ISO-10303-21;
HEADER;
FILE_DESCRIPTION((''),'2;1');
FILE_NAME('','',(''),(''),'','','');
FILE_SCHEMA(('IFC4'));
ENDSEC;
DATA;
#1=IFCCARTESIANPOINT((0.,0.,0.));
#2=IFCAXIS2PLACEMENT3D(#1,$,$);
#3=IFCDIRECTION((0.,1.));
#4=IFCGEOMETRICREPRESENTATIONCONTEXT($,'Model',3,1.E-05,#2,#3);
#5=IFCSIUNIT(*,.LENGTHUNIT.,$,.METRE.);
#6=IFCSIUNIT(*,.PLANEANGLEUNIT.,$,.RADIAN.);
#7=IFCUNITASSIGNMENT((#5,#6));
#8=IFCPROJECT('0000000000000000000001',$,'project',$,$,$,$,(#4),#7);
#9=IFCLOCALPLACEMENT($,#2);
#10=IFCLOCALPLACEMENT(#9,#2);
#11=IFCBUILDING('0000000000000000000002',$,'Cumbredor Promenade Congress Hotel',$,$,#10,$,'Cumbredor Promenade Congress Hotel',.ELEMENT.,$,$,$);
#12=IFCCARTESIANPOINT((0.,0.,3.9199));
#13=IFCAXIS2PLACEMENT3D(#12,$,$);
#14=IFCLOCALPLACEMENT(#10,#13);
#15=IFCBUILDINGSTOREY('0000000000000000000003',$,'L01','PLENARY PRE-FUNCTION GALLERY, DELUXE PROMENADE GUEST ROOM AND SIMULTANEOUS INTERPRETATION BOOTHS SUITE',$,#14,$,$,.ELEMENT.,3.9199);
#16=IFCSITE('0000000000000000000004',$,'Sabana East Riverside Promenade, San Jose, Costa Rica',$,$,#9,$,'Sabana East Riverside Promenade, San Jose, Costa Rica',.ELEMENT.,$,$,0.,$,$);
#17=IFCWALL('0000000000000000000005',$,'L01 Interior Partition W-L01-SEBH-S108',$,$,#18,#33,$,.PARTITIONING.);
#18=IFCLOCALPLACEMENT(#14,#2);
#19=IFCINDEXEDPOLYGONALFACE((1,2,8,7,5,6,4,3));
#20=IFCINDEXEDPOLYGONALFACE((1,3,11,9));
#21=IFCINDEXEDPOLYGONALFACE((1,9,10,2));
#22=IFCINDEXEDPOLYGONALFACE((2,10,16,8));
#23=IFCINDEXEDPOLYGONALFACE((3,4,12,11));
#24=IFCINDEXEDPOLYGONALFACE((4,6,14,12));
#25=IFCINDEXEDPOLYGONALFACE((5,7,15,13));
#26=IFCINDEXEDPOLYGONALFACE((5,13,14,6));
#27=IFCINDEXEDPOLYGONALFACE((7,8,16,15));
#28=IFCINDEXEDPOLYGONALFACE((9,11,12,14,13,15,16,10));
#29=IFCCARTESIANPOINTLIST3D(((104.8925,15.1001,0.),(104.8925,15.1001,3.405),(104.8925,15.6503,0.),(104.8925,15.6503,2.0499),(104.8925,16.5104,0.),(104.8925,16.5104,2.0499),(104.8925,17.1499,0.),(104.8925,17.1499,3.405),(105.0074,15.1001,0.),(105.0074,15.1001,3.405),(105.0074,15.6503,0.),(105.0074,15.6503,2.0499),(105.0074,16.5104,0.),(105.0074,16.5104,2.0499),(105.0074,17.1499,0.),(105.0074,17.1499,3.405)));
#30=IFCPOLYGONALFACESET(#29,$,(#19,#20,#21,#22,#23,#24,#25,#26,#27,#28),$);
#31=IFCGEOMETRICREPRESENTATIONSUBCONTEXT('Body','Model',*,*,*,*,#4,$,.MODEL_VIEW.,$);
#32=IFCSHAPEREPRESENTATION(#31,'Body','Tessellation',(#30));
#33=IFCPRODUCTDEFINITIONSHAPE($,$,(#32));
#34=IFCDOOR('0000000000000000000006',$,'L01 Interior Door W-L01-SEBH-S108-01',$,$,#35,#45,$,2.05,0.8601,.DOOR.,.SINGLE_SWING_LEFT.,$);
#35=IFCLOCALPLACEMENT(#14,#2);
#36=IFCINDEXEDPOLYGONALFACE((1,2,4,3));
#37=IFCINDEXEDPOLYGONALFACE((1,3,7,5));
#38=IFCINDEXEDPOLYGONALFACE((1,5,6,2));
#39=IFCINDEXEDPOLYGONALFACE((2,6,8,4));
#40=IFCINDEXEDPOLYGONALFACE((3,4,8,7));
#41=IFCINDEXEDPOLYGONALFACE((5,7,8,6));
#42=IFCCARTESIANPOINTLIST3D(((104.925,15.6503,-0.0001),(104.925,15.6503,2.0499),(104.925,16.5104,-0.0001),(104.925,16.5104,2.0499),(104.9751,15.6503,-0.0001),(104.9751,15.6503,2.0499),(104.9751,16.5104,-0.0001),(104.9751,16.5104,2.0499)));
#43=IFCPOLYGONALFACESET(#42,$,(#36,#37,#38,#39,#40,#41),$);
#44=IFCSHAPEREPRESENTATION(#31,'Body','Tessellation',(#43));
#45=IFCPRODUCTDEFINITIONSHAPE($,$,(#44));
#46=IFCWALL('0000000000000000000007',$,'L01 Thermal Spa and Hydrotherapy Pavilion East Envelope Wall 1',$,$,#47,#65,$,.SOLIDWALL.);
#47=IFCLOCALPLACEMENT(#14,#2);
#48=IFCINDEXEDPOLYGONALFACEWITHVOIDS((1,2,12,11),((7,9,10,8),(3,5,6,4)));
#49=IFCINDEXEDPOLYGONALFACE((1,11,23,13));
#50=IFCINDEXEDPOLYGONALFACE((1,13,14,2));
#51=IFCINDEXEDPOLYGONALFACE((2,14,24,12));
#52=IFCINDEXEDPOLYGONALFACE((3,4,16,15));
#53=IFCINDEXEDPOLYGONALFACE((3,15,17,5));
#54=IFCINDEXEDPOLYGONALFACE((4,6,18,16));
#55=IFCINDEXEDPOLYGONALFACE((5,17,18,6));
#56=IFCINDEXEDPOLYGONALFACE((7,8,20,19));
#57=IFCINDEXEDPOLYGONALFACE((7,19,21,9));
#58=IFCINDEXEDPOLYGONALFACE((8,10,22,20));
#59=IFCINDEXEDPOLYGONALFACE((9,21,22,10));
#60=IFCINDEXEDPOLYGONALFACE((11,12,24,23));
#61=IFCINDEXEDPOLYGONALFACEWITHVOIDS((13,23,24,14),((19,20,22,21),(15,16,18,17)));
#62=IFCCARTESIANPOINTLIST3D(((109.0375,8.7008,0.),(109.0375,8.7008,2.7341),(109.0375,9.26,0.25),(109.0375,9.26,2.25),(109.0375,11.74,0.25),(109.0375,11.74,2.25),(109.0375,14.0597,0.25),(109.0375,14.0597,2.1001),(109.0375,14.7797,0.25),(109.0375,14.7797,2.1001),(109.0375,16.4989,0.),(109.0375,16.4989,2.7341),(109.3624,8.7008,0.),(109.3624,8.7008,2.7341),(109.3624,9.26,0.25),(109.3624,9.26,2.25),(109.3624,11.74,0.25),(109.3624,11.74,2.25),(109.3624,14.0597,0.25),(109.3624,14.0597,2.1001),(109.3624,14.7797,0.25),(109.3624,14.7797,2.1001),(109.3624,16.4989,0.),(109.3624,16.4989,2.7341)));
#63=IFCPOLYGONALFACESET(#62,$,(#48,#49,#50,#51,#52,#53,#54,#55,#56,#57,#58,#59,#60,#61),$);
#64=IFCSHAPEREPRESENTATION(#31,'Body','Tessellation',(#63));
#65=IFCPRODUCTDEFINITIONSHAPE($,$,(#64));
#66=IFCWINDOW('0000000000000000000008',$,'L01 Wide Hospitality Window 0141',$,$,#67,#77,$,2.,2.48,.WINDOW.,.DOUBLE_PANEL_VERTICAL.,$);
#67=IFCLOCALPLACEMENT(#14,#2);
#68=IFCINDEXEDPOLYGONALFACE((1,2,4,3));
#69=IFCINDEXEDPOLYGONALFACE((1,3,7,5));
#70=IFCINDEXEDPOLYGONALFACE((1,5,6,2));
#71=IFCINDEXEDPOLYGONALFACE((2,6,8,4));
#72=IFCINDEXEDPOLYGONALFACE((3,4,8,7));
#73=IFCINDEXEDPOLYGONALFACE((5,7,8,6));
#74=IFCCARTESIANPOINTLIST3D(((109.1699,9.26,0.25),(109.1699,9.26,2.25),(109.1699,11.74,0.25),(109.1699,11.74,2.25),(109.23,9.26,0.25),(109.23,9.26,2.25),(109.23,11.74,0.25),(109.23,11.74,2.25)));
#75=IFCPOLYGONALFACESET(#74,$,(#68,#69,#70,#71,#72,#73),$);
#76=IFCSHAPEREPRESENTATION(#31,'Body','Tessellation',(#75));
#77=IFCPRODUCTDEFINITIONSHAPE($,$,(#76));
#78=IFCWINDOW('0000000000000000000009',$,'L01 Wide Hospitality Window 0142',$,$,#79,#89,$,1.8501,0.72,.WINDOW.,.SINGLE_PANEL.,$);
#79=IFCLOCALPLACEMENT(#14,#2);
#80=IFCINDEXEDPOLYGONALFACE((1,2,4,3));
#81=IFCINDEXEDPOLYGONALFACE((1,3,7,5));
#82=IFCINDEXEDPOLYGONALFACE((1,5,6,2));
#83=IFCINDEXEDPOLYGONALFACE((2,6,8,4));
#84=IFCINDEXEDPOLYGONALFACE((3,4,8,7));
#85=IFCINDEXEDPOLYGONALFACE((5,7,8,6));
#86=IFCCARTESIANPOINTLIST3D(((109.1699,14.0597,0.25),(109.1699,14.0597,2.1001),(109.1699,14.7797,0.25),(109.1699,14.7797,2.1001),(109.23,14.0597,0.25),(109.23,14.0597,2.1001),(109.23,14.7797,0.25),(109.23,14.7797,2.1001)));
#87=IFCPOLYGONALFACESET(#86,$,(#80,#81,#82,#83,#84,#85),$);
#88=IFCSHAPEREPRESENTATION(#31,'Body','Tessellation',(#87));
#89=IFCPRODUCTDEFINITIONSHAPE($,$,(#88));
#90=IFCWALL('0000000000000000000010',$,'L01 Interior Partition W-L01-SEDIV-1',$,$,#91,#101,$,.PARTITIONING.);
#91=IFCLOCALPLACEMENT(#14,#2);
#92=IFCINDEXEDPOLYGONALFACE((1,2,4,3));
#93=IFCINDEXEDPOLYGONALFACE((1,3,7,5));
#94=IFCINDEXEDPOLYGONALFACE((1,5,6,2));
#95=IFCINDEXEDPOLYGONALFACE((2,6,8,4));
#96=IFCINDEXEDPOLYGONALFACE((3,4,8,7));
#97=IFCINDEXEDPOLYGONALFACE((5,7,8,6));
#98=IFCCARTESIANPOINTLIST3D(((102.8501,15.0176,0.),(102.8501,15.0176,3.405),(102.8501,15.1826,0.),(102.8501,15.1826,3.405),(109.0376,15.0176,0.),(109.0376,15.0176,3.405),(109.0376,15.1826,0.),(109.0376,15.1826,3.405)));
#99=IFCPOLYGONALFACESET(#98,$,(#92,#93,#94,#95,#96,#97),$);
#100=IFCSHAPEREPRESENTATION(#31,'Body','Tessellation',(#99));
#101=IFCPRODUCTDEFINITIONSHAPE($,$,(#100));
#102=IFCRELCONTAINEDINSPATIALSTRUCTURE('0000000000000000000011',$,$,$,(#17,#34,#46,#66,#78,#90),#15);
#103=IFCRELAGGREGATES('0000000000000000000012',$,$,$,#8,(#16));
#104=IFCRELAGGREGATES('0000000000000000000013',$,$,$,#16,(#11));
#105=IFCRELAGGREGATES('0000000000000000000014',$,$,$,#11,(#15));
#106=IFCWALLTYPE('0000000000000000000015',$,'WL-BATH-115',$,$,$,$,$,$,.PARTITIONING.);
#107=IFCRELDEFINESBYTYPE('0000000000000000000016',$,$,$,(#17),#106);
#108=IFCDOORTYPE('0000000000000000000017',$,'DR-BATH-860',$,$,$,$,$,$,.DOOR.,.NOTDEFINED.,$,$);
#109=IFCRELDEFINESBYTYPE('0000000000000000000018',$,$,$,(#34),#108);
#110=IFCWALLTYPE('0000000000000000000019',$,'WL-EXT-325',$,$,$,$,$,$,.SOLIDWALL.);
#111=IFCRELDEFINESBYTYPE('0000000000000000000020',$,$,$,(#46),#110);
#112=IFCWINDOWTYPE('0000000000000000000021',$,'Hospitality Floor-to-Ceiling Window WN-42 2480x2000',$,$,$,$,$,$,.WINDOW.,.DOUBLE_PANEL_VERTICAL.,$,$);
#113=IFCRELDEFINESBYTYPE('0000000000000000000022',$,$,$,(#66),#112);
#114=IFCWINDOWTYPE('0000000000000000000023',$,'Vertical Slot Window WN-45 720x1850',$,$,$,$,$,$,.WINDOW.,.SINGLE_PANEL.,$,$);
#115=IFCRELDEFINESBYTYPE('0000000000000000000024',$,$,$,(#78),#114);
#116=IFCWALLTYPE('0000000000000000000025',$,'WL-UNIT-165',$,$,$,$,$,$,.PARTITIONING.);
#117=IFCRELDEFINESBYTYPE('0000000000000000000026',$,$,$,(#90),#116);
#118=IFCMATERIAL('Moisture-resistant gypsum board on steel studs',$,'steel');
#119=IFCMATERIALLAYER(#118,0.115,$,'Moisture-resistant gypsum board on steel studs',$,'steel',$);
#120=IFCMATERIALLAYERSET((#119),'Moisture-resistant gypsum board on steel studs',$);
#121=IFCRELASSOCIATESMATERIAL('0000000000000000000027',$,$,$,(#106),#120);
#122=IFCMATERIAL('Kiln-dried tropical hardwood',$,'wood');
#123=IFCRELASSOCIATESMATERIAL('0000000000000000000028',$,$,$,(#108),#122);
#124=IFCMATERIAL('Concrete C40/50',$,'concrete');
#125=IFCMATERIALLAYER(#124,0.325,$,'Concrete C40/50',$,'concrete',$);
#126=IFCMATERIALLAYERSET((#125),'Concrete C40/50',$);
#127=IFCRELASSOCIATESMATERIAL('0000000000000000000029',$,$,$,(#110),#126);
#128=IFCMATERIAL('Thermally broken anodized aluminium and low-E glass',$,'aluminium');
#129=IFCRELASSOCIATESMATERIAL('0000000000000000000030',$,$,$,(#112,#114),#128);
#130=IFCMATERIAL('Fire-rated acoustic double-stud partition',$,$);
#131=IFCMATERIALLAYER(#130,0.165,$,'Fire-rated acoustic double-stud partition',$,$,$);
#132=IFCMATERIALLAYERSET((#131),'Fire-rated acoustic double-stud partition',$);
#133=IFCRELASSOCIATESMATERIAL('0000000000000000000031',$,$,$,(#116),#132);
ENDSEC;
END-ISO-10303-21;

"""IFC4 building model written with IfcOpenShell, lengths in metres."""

from ifc_helpers import new_model, si_unit, direction, frame, frame_2d, origin, place, context, subcontext, project, spatial, rectangle, extrude, material, layer, layer_set, type_object, element, fill, save


model = new_model("IFC4")

# Units and contexts
model_context = context("Model", 3, precision=1e-05, world=origin(), true_north=direction((0.0, 1.0)))
body_context = subcontext(model_context, "Body", "Model", "MODEL_VIEW")
ifc_project = project(units=[si_unit("LENGTHUNIT", "METRE"), si_unit("PLANEANGLEUNIT", "RADIAN")], contexts=[model_context])

# Site, building, storey
site_placement = place(None, origin())
site = spatial("IfcSite", under=ifc_project, at=site_placement, Name="Sabana East Riverside Promenade, San Jose, Costa Rica", LongName="Sabana East Riverside Promenade, San Jose, Costa Rica", CompositionType="ELEMENT", RefElevation=0.0)
building_placement = place(site_placement, origin())
building = spatial("IfcBuilding", under=site, at=building_placement, Name="Cumbredor Promenade Congress Hotel", LongName="Cumbredor Promenade Congress Hotel", CompositionType="ELEMENT")
storey_placement = place(building_placement, frame((0.0, 0.0, 3.9199)))
storey = spatial("IfcBuildingStorey", under=building, at=storey_placement, Name="L01", Description="PLENARY PRE-FUNCTION GALLERY, DELUXE PROMENADE GUEST ROOM AND SIMULTANEOUS INTERPRETATION BOOTHS SUITE", CompositionType="ELEMENT", Elevation=3.9199)

# Shared definitions
ifc_material_1 = material(Name="Concrete C40/50", Category="concrete")

# Shared definitions
ifc_material_2 = material(Name="Thermally broken anodized aluminium and low-E glass", Category="aluminium")

# Wall, opening, door
ifc_material_3 = material(Name="Moisture-resistant gypsum board on steel studs", Category="steel")
ifc_layer_1 = layer(ifc_material_3, 0.115, Name="Moisture-resistant gypsum board on steel studs", Category="steel")
ifc_layer_set_1 = layer_set([ifc_layer_1], Name="Moisture-resistant gypsum board on steel studs")
wall_type_1 = type_object("IfcWallType", Name="WL-BATH-115", PredefinedType="PARTITIONING", material=ifc_layer_set_1)
ifc_material_4 = material(Name="Kiln-dried tropical hardwood", Category="wood")
door_type = type_object("IfcDoorType", Name="DR-BATH-860", OperationType="NOTDEFINED", PredefinedType="DOOR", material=ifc_material_4)
wall_1_placement = place(storey_placement, frame((104.95, 15.1001, 0.0), z_axis=(0.0, 0.0, 1.0), x_axis=(0.0, 1.0, 0.0)))
wall_1 = element("IfcWall", 1, at=wall_1_placement, inside=storey, type_object=wall_type_1, Name="L01 Interior Partition W-L01-SEBH-S108", PredefinedType="PARTITIONING", context=body_context, shape_type="SweptSolid", body=[
    extrude(rectangle(XDim=2.0498, YDim=0.115, at=frame_2d((1.0249, 0.0))), origin(), (0.0, 0.0, 1.0), 3.405),
])
opening_1_placement = place(wall_1_placement, frame((0.55, 0.0, 0.0)))
opening_1 = element("IfcOpeningElement", 2, at=opening_1_placement, cuts=wall_1, PredefinedType="OPENING", context=body_context, shape_type="SweptSolid", body=[
    extrude(rectangle(XDim=0.8601, YDim=2.05, at=frame_2d((0.4302, 1.0249))), frame((0.0, 0.0674, 0.0), z_axis=(0.0, -1.0, 0.0), x_axis=(1.0, 0.0, 0.0)), (0.0, 0.0, 1.0), 0.135),
])
door_1_placement = place(opening_1_placement, origin())
door_1 = element("IfcDoor", 3, at=door_1_placement, inside=storey, type_object=door_type, Name="L01 Interior Door W-L01-SEBH-S108-01", OperationType="SINGLE_SWING_LEFT", OverallHeight=2.05, OverallWidth=0.8601, PredefinedType="DOOR", context=body_context, shape_type="SweptSolid", body=[
    extrude(rectangle(XDim=0.8601, YDim=2.05, at=frame_2d((0.4302, 1.0249))), frame((0.0, 0.0249, 0.0), z_axis=(0.0, -1.0, 0.0), x_axis=(1.0, 0.0, 0.0)), (0.0, 0.0, 1.0), 0.05),
])
fill(opening_1, door_1)

# Wall, openings, windows
ifc_layer_2 = layer(ifc_material_1, 0.325, Name="Concrete C40/50", Category="concrete")
ifc_layer_set_2 = layer_set([ifc_layer_2], Name="Concrete C40/50")
wall_type_2 = type_object("IfcWallType", Name="WL-EXT-325", PredefinedType="SOLIDWALL", material=ifc_layer_set_2)
wall_2_placement = place(storey_placement, frame((109.2, 8.7009, 0.0), z_axis=(0.0, 0.0, 1.0), x_axis=(0.0, 1.0, 0.0)))
wall_2 = element("IfcWall", 4, at=wall_2_placement, inside=storey, type_object=wall_type_2, Name="L01 Thermal Spa and Hydrotherapy Pavilion East Envelope Wall 1", PredefinedType="SOLIDWALL", context=body_context, shape_type="SweptSolid", body=[
    extrude(rectangle(XDim=7.7981, YDim=0.325, at=frame_2d((3.8989, 0.0))), origin(), (0.0, 0.0, 1.0), 2.7341),
])
opening_2_placement = place(wall_2_placement, frame((0.5591, 0.0, 0.25)))
opening_2 = element("IfcOpeningElement", 5, at=opening_2_placement, cuts=wall_2, PredefinedType="OPENING", context=body_context, shape_type="SweptSolid", body=[
    extrude(rectangle(XDim=2.48, YDim=2.0, at=frame_2d((1.24, 1.0))), frame((0.0, 0.1724, 0.0), z_axis=(0.0, -1.0, 0.0), x_axis=(1.0, 0.0, 0.0)), (0.0, 0.0, 1.0), 0.345),
])
opening_3_placement = place(wall_2_placement, frame((5.3589, 0.0, 0.25)))
opening_3 = element("IfcOpeningElement", 6, at=opening_3_placement, cuts=wall_2, PredefinedType="OPENING", context=body_context, shape_type="SweptSolid", body=[
    extrude(rectangle(XDim=0.72, YDim=1.8501, at=frame_2d((0.3599, 0.925))), frame((0.0, 0.1724, 0.0), z_axis=(0.0, -1.0, 0.0), x_axis=(1.0, 0.0, 0.0)), (0.0, 0.0, 1.0), 0.345),
])
window_type_1 = type_object("IfcWindowType", Name="Hospitality Floor-to-Ceiling Window WN-42 2480x2000", PartitioningType="DOUBLE_PANEL_VERTICAL", PredefinedType="WINDOW", material=ifc_material_2)
window_1_placement = place(opening_2_placement, origin())
window_1 = element("IfcWindow", 7, at=window_1_placement, inside=storey, type_object=window_type_1, Name="L01 Wide Hospitality Window 0141", OverallHeight=2.0, OverallWidth=2.48, PartitioningType="DOUBLE_PANEL_VERTICAL", PredefinedType="WINDOW", context=body_context, shape_type="SweptSolid", body=[
    extrude(rectangle(XDim=2.48, YDim=2.0, at=frame_2d((1.24, 1.0))), frame((0.0, 0.03, 0.0), z_axis=(0.0, -1.0, 0.0), x_axis=(1.0, 0.0, 0.0)), (0.0, 0.0, 1.0), 0.0601),
])
fill(opening_2, window_1)
window_type_2 = type_object("IfcWindowType", Name="Vertical Slot Window WN-45 720x1850", PartitioningType="SINGLE_PANEL", PredefinedType="WINDOW", material=ifc_material_2)
window_2_placement = place(opening_3_placement, origin())
window_2 = element("IfcWindow", 8, at=window_2_placement, inside=storey, type_object=window_type_2, Name="L01 Wide Hospitality Window 0142", OverallHeight=1.8501, OverallWidth=0.72, PartitioningType="SINGLE_PANEL", PredefinedType="WINDOW", context=body_context, shape_type="SweptSolid", body=[
    extrude(rectangle(XDim=0.72, YDim=1.8501, at=frame_2d((0.3599, 0.925))), frame((0.0, 0.03, 0.0), z_axis=(0.0, -1.0, 0.0), x_axis=(1.0, 0.0, 0.0)), (0.0, 0.0, 1.0), 0.0601),
])
fill(opening_3, window_2)

# Wall
ifc_material_5 = material(Name="Fire-rated acoustic double-stud partition")
ifc_layer_3 = layer(ifc_material_5, 0.165, Name="Fire-rated acoustic double-stud partition")
ifc_layer_set_3 = layer_set([ifc_layer_3], Name="Fire-rated acoustic double-stud partition")
wall_type_3 = type_object("IfcWallType", Name="WL-UNIT-165", PredefinedType="PARTITIONING", material=ifc_layer_set_3)
wall_3_placement = place(storey_placement, frame((102.8501, 15.1001, 0.0), z_axis=(0.0, 0.0, 1.0), x_axis=(1.0, 0.0, 0.0)))
element("IfcWall", 9, at=wall_3_placement, inside=storey, type_object=wall_type_3, Name="L01 Interior Partition W-L01-SEDIV-1", PredefinedType="PARTITIONING", context=body_context, shape_type="SweptSolid", body=[
    extrude(rectangle(XDim=6.1875, YDim=0.165, at=frame_2d((3.0938, 0.0))), origin(), (0.0, 0.0, 1.0), 3.405),
])

save(model, "model.ifc")
